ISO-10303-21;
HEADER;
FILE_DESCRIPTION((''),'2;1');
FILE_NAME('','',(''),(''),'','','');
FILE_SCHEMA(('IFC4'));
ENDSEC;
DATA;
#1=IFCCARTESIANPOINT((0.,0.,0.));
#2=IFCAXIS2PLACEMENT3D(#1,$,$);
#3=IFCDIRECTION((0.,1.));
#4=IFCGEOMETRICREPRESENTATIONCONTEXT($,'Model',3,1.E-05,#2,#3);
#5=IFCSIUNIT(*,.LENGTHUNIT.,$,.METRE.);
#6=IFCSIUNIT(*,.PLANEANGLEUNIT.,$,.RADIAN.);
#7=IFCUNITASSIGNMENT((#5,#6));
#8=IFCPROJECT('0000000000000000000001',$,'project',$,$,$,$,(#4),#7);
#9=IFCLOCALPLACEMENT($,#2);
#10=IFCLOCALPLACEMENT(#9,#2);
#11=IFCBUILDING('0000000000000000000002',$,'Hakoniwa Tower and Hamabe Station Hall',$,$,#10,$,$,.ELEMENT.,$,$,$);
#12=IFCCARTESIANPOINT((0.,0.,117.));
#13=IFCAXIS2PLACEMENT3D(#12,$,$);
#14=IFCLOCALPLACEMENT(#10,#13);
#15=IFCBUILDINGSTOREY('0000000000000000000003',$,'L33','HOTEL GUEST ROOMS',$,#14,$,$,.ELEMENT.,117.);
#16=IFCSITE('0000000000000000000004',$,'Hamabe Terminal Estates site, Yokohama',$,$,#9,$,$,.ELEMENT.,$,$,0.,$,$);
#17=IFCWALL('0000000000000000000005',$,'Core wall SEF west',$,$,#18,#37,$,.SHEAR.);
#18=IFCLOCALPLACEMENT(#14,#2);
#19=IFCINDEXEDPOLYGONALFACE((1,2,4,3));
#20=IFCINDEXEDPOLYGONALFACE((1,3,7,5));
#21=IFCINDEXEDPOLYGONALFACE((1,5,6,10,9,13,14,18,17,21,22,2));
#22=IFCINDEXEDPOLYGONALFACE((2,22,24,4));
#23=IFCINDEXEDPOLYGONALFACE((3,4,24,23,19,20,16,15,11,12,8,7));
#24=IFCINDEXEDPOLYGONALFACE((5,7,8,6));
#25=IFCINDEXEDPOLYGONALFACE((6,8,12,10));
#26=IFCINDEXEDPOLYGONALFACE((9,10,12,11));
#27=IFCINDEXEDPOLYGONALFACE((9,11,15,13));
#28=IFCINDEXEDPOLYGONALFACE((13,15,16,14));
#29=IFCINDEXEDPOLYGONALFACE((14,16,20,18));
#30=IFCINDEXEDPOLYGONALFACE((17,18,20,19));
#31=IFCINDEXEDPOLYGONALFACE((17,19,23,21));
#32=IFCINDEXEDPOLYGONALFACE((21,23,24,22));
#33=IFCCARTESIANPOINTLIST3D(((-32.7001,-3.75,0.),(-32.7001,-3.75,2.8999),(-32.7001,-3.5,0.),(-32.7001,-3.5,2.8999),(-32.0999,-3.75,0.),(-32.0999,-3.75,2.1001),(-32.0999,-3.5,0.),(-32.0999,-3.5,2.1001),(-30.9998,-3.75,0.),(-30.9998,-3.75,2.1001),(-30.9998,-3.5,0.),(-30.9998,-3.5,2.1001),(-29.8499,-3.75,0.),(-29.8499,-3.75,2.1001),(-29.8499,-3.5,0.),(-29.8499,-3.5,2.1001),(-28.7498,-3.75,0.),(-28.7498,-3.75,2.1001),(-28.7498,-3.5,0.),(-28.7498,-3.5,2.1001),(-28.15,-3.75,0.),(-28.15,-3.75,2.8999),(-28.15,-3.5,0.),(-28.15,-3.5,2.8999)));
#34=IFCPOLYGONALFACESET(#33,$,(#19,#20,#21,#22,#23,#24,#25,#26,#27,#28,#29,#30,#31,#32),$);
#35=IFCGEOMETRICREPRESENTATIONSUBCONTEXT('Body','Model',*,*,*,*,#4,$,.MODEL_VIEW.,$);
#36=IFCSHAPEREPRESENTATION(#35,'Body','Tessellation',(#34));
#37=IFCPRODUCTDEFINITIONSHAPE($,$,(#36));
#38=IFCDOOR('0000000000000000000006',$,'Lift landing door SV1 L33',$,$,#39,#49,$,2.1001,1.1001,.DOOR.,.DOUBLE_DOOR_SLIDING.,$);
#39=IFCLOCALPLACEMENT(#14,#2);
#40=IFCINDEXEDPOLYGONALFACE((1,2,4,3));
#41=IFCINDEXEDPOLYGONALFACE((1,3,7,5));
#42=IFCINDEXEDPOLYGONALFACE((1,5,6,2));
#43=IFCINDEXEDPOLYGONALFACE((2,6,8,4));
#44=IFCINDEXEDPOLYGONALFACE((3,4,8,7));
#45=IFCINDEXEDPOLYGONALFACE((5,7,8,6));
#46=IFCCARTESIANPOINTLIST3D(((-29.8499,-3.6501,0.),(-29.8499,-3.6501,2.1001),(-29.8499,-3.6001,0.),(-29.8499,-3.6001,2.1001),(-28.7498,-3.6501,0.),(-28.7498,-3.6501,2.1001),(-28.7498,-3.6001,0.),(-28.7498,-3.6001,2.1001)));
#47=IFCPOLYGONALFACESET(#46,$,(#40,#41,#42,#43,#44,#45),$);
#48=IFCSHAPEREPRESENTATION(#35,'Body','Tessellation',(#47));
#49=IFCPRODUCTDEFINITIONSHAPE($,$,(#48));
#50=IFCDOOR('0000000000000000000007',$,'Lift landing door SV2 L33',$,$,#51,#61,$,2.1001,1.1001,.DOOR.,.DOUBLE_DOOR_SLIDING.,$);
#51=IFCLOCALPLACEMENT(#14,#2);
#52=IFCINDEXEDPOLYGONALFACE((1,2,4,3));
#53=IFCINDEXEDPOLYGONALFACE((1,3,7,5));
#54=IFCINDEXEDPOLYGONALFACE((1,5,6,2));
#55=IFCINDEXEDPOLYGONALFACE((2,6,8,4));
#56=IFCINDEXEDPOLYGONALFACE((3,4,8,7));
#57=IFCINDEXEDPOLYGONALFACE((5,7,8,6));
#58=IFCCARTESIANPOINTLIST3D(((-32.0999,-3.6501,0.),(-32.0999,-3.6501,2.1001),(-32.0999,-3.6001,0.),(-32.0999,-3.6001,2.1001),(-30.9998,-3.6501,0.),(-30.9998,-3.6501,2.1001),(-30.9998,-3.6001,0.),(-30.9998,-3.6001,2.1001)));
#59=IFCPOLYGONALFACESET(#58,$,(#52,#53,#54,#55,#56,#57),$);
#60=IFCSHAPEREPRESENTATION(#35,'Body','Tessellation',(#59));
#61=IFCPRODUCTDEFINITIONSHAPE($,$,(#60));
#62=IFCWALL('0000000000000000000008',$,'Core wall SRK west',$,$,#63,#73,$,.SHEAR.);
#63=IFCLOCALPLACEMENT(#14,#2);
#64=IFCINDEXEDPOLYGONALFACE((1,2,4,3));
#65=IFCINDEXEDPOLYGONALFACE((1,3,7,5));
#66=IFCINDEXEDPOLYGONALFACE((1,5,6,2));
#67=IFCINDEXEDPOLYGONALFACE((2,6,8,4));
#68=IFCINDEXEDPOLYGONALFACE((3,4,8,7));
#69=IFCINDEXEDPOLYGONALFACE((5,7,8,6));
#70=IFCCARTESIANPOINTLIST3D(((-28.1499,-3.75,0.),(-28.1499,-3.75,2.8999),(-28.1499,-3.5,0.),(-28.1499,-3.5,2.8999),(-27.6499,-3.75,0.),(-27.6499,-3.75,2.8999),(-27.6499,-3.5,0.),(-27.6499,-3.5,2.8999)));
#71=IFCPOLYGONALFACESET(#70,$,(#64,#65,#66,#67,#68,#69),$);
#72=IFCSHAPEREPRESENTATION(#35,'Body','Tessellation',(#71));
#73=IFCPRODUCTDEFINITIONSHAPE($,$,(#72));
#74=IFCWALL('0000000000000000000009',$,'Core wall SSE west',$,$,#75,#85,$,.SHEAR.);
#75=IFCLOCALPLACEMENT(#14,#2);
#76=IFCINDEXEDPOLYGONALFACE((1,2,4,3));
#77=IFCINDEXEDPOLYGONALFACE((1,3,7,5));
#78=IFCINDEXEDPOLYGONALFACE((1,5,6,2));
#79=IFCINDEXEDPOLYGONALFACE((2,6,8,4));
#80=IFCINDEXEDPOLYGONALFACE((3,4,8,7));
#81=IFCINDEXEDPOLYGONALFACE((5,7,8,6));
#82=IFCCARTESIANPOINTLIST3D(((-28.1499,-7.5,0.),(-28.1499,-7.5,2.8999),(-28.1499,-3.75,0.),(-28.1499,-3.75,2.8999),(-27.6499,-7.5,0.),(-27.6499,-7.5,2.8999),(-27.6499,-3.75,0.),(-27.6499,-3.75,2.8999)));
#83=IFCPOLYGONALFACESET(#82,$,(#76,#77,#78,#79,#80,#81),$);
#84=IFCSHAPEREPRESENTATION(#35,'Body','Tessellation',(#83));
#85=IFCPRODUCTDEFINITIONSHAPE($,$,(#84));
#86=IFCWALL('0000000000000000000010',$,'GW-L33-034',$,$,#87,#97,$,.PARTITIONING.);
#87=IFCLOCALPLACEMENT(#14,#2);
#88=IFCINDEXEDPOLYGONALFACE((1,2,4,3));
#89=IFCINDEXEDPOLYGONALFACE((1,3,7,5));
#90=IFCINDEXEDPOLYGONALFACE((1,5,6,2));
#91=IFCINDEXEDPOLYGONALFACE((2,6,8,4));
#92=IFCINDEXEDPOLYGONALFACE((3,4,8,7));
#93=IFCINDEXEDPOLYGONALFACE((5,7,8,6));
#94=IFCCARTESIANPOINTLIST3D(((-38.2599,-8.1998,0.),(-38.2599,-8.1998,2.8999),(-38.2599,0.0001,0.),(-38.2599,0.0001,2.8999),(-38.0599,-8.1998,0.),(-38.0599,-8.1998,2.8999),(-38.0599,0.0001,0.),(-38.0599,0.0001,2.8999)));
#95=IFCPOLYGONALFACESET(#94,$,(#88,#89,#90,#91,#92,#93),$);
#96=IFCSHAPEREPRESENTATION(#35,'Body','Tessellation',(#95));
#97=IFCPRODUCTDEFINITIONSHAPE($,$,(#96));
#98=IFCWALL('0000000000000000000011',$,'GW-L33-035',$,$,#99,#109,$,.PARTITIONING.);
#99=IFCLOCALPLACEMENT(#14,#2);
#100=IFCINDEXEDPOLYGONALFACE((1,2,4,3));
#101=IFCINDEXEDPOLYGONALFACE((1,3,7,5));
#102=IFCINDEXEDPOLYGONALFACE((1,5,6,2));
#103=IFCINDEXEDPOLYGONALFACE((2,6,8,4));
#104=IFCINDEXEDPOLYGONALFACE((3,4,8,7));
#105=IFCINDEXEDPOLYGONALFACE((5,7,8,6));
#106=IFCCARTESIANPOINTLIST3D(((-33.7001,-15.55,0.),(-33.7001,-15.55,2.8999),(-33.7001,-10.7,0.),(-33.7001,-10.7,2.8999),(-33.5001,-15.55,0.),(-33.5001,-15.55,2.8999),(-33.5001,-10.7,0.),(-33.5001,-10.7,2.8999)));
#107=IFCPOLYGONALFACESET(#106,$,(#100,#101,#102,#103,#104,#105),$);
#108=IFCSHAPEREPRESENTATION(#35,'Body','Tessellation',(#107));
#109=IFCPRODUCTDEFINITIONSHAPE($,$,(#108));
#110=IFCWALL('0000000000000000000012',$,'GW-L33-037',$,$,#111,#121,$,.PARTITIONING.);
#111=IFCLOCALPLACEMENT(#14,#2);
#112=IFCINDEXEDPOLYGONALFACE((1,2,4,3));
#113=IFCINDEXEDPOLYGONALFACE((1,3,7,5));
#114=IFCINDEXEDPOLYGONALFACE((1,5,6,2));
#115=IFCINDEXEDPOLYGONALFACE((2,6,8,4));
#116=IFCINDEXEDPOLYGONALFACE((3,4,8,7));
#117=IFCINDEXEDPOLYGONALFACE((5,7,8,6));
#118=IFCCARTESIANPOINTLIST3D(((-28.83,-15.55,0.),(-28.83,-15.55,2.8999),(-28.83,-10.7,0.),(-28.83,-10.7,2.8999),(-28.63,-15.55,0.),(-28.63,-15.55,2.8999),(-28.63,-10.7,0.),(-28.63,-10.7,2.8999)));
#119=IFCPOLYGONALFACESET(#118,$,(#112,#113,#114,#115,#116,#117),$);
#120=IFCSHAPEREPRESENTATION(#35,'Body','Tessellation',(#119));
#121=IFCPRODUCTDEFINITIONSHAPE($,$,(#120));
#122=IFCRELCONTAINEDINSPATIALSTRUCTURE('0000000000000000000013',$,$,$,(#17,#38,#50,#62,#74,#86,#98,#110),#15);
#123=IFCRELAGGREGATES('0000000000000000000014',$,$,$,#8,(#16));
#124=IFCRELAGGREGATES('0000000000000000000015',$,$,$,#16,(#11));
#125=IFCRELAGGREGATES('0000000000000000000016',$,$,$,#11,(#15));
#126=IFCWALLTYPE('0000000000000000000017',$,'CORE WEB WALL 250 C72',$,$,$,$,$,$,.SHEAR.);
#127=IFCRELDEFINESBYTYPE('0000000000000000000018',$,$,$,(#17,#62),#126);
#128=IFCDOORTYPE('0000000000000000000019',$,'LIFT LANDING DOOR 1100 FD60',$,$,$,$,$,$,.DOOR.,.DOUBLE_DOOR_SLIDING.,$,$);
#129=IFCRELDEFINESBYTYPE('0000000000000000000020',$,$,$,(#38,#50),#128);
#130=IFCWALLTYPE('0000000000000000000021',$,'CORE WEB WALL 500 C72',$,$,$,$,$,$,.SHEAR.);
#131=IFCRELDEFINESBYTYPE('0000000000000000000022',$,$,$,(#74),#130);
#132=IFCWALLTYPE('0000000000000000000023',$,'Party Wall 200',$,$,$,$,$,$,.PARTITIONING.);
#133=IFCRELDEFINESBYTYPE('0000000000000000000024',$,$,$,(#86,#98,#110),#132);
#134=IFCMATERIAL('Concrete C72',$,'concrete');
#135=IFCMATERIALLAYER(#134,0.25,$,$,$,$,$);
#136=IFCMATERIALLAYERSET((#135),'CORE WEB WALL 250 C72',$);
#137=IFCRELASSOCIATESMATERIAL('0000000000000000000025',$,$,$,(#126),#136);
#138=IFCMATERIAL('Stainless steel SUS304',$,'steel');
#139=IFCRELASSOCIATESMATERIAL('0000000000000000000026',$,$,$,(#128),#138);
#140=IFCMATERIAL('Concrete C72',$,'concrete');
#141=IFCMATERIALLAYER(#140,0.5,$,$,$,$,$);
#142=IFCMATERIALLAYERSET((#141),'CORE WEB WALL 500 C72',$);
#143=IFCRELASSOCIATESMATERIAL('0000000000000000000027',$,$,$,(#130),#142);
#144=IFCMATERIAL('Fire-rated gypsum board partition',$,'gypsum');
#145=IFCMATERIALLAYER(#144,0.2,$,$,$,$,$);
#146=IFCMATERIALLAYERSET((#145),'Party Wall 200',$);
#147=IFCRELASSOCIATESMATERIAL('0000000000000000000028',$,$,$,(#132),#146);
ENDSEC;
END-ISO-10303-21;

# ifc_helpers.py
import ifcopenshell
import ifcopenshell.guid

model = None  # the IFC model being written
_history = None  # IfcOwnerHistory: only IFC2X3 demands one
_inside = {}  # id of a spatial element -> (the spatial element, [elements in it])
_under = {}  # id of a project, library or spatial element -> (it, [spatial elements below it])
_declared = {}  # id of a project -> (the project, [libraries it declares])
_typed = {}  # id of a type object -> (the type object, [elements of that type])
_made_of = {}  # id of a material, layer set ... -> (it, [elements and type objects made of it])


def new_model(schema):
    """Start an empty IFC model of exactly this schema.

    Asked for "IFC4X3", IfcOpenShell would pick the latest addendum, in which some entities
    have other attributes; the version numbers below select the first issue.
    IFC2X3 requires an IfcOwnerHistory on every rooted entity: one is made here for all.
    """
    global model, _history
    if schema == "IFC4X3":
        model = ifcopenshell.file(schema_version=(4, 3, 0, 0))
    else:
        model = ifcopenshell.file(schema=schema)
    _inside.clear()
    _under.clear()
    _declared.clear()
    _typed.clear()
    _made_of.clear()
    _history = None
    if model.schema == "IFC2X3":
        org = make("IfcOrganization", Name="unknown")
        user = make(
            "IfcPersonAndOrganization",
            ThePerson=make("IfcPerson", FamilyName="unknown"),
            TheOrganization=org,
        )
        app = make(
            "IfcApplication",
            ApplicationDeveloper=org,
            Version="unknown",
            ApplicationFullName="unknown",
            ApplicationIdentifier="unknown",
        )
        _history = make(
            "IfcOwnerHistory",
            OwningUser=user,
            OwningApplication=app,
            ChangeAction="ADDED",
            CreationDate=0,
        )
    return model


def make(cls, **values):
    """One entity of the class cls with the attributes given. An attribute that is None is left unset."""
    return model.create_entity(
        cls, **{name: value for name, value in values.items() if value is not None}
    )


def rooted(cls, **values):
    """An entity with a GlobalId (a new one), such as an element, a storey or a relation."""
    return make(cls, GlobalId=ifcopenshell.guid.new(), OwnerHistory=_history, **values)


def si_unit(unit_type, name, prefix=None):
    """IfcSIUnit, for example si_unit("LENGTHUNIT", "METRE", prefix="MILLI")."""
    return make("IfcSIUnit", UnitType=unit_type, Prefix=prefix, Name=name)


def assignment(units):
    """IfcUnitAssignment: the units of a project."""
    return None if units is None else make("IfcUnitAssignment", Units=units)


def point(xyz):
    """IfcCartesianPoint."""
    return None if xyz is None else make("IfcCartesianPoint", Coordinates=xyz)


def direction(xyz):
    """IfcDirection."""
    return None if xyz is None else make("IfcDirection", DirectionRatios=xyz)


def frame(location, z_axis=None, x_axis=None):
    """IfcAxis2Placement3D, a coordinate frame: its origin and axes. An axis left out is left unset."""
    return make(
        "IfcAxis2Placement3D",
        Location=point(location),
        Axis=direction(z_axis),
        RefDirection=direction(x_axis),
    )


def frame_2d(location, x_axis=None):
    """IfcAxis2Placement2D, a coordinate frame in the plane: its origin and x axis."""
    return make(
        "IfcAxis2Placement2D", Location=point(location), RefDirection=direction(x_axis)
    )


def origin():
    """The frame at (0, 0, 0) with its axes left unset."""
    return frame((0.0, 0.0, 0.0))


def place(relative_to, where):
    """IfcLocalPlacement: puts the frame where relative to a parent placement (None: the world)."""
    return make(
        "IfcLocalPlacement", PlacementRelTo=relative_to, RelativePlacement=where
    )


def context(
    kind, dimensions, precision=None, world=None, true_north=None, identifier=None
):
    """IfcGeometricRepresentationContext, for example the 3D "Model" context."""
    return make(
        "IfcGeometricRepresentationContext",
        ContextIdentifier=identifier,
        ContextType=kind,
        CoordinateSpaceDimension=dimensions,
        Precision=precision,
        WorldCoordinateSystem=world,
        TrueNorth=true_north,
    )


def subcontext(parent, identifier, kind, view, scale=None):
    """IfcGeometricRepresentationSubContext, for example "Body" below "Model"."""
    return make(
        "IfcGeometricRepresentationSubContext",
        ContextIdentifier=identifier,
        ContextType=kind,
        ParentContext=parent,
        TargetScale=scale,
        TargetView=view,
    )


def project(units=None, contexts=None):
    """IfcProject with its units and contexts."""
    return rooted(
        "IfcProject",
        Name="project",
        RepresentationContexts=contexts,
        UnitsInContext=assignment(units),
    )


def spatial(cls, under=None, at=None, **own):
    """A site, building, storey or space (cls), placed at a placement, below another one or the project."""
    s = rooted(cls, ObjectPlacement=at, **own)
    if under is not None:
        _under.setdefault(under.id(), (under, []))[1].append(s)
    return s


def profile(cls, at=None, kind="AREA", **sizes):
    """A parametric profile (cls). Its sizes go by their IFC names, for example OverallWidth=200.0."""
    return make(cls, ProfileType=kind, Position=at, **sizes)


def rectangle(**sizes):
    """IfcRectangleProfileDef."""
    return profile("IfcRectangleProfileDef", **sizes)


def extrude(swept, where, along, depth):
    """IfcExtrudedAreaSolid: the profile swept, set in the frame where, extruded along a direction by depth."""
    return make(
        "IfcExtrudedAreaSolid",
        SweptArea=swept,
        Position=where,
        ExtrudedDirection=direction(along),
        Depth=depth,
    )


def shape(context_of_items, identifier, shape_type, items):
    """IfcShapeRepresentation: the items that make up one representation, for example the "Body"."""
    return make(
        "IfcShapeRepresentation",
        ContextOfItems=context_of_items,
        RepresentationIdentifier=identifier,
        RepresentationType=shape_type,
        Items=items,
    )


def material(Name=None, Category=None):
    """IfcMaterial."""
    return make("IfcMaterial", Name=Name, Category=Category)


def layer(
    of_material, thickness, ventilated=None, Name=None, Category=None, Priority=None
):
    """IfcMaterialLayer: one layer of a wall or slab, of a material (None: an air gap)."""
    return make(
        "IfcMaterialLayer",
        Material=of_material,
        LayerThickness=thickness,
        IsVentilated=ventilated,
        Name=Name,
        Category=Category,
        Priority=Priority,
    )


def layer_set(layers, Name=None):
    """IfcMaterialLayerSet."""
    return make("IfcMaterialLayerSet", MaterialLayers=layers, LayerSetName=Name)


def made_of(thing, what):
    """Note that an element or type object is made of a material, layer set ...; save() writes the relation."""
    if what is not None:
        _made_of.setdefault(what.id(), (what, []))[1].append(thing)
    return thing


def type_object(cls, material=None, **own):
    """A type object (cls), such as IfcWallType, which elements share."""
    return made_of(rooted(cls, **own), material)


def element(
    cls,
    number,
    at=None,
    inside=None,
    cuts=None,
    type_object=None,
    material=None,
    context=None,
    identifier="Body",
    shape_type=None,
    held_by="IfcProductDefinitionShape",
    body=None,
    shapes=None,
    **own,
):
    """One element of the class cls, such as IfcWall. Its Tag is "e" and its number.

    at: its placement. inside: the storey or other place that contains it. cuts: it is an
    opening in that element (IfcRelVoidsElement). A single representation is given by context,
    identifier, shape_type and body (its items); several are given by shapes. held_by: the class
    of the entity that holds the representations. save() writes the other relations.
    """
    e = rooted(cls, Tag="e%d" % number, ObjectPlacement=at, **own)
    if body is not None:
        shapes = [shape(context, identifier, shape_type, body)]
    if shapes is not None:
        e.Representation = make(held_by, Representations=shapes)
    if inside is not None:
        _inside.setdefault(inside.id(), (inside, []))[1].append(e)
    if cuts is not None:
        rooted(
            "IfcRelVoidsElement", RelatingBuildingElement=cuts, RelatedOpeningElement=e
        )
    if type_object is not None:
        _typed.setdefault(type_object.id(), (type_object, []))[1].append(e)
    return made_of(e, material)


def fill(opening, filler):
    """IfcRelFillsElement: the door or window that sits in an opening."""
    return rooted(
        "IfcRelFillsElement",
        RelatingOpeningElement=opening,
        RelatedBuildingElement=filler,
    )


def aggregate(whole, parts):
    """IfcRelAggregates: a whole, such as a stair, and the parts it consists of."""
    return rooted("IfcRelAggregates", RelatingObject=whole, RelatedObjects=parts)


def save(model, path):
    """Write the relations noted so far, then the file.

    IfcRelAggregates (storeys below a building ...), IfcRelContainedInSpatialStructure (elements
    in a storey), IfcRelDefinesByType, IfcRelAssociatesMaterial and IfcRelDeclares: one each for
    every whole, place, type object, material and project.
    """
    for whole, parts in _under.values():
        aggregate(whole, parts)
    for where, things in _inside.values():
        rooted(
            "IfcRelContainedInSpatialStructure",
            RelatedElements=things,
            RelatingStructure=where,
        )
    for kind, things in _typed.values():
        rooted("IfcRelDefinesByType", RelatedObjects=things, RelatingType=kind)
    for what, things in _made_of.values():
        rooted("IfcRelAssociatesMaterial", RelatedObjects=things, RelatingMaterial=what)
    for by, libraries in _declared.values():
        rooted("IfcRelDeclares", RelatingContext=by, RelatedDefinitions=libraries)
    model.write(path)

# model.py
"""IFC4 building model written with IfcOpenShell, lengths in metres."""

from ifc_helpers import new_model, si_unit, direction, frame, frame_2d, origin, place, context, subcontext, project, spatial, rectangle, extrude, material, layer, layer_set, type_object, element, fill, save


model = new_model("IFC4")

# Units and contexts
model_context = context("Model", 3, precision=1e-05, world=origin(), true_north=direction((0.0, 1.0)))
body_context = subcontext(model_context, "Body", "Model", "MODEL_VIEW")
ifc_project = project(units=[si_unit("LENGTHUNIT", "METRE"), si_unit("PLANEANGLEUNIT", "RADIAN")], contexts=[model_context])

# Site, building, storey
site_placement = place(None, origin())
site = spatial("IfcSite", under=ifc_project, at=site_placement, Name="Hamabe Terminal Estates site, Yokohama", CompositionType="ELEMENT", RefElevation=0.0)
building_placement = place(site_placement, origin())
building = spatial("IfcBuilding", under=site, at=building_placement, Name="Hakoniwa Tower and Hamabe Station Hall", CompositionType="ELEMENT")
storey_placement = place(building_placement, frame((0.0, 0.0, 117.0)))
storey = spatial("IfcBuildingStorey", under=building, at=storey_placement, Name="L33", Description="HOTEL GUEST ROOMS", CompositionType="ELEMENT", Elevation=117.0)

# Shared definitions
ifc_material_1 = material(Name="Concrete C72", Category="concrete")
ifc_layer_1 = layer(ifc_material_1, 0.25)
ifc_layer_set_1 = layer_set([ifc_layer_1], Name="CORE WEB WALL 250 C72")
wall_type_1 = type_object("IfcWallType", Name="CORE WEB WALL 250 C72", PredefinedType="SHEAR", material=ifc_layer_set_1)

# Wall, openings, doors
wall_1_placement = place(storey_placement, frame((-32.7, -3.625, 0.0), z_axis=(0.0, 0.0, 1.0), x_axis=(1.0, 0.0, 0.0)))
wall_1 = element("IfcWall", 1, at=wall_1_placement, inside=storey, type_object=wall_type_1, Name="Core wall SEF west", PredefinedType="SHEAR", context=body_context, shape_type="SweptSolid", body=[
    extrude(rectangle(XDim=4.55, YDim=0.25, at=frame_2d((2.2749, 0.0))), origin(), (0.0, 0.0, 1.0), 2.8999),
])
opening_1_placement = place(wall_1_placement, frame((2.8501, 0.0, 0.0)))
opening_1 = element("IfcOpeningElement", 2, at=opening_1_placement, cuts=wall_1, PredefinedType="OPENING", context=body_context, shape_type="SweptSolid", body=[
    extrude(rectangle(XDim=1.1001, YDim=2.1001, at=frame_2d((0.55, 1.05))), frame((0.0, 0.135, 0.0), z_axis=(0.0, -1.0, 0.0), x_axis=(1.0, 0.0, 0.0)), (0.0, 0.0, 1.0), 0.27),
])
opening_2_placement = place(wall_1_placement, frame((0.6001, 0.0, 0.0)))
opening_2 = element("IfcOpeningElement", 3, at=opening_2_placement, cuts=wall_1, PredefinedType="OPENING", context=body_context, shape_type="SweptSolid", body=[
    extrude(rectangle(XDim=1.1001, YDim=2.1001, at=frame_2d((0.55, 1.05))), frame((0.0, 0.135, 0.0), z_axis=(0.0, -1.0, 0.0), x_axis=(1.0, 0.0, 0.0)), (0.0, 0.0, 1.0), 0.27),
])
ifc_material_2 = material(Name="Stainless steel SUS304", Category="steel")
door_type_1 = type_object("IfcDoorType", Name="LIFT LANDING DOOR 1100 FD60", OperationType="DOUBLE_DOOR_SLIDING", PredefinedType="DOOR", material=ifc_material_2)
door_1_placement = place(opening_1_placement, origin())
door_1 = element("IfcDoor", 4, at=door_1_placement, inside=storey, type_object=door_type_1, Name="Lift landing door SV1 L33", OperationType="DOUBLE_DOOR_SLIDING", OverallHeight=2.1001, OverallWidth=1.1001, PredefinedType="DOOR", context=body_context, shape_type="SweptSolid", body=[
    extrude(rectangle(XDim=1.1001, YDim=2.1001, at=frame_2d((0.55, 1.05))), frame((0.0, 0.0249, 0.0), z_axis=(0.0, -1.0, 0.0), x_axis=(1.0, 0.0, 0.0)), (0.0, 0.0, 1.0), 0.05),
])
fill(opening_1, door_1)
door_2_placement = place(opening_2_placement, origin())
door_2 = element("IfcDoor", 5, at=door_2_placement, inside=storey, type_object=door_type_1, Name="Lift landing door SV2 L33", OperationType="DOUBLE_DOOR_SLIDING", OverallHeight=2.1001, OverallWidth=1.1001, PredefinedType="DOOR", context=body_context, shape_type="SweptSolid", body=[
    extrude(rectangle(XDim=1.1001, YDim=2.1001, at=frame_2d((0.55, 1.05))), frame((0.0, 0.0249, 0.0), z_axis=(0.0, -1.0, 0.0), x_axis=(1.0, 0.0, 0.0)), (0.0, 0.0, 1.0), 0.05),
])
fill(opening_2, door_2)

# Walls
wall_2_placement = place(storey_placement, frame((-28.1499, -3.625, 0.0), z_axis=(0.0, 0.0, 1.0), x_axis=(1.0, 0.0, 0.0)))
element("IfcWall", 6, at=wall_2_placement, inside=storey, type_object=wall_type_1, Name="Core wall SRK west", PredefinedType="SHEAR", context=body_context, shape_type="SweptSolid", body=[
    extrude(rectangle(XDim=0.5, YDim=0.25, at=frame_2d((0.25, 0.0))), origin(), (0.0, 0.0, 1.0), 2.8999),
])
ifc_material_3 = material(Name="Concrete C72", Category="concrete")
ifc_layer_2 = layer(ifc_material_3, 0.5)
ifc_layer_set_2 = layer_set([ifc_layer_2], Name="CORE WEB WALL 500 C72")
wall_type_2 = type_object("IfcWallType", Name="CORE WEB WALL 500 C72", PredefinedType="SHEAR", material=ifc_layer_set_2)
wall_3_placement = place(storey_placement, frame((-27.8999, -7.5, 0.0), z_axis=(0.0, 0.0, 1.0), x_axis=(0.0, 1.0, 0.0)))
element("IfcWall", 7, at=wall_3_placement, inside=storey, type_object=wall_type_2, Name="Core wall SSE west", PredefinedType="SHEAR", context=body_context, shape_type="SweptSolid", body=[
    extrude(rectangle(XDim=3.75, YDim=0.5, at=frame_2d((1.875, 0.0))), origin(), (0.0, 0.0, 1.0), 2.8999),
])
ifc_material_4 = material(Name="Fire-rated gypsum board partition", Category="gypsum")
ifc_layer_3 = layer(ifc_material_4, 0.2)
ifc_layer_set_3 = layer_set([ifc_layer_3], Name="Party Wall 200")
wall_type_3 = type_object("IfcWallType", Name="Party Wall 200", PredefinedType="PARTITIONING", material=ifc_layer_set_3)
wall_4_placement = place(storey_placement, frame((-38.1599, -8.2, 0.0), z_axis=(0.0, 0.0, 1.0), x_axis=(0.0, 1.0, 0.0)))
element("IfcWall", 8, at=wall_4_placement, inside=storey, type_object=wall_type_3, Name="GW-L33-034", PredefinedType="PARTITIONING", context=body_context, shape_type="SweptSolid", body=[
    extrude(rectangle(XDim=8.2, YDim=0.2, at=frame_2d((4.1001, 0.0))), origin(), (0.0, 0.0, 1.0), 2.8999),
])
for number, where, z_axis, x_axis, name in (
    (9, (-33.6001, -15.55, 0.0), (0.0, 0.0, 1.0), (0.0, 1.0, 0.0), "GW-L33-035"),
    (10, (-28.73, -15.55, 0.0), (0.0, 0.0, 1.0), (0.0, 1.0, 0.0), "GW-L33-037"),
):
    element("IfcWall", number, at=place(storey_placement, frame(where, z_axis=z_axis, x_axis=x_axis)), inside=storey, type_object=wall_type_3, Name=name, PredefinedType="PARTITIONING", context=body_context, shape_type="SweptSolid", body=[
        extrude(rectangle(XDim=4.8501, YDim=0.2, at=frame_2d((2.425, 0.0))), origin(), (0.0, 0.0, 1.0), 2.8999),
    ])

save(model, "model.ifc")
